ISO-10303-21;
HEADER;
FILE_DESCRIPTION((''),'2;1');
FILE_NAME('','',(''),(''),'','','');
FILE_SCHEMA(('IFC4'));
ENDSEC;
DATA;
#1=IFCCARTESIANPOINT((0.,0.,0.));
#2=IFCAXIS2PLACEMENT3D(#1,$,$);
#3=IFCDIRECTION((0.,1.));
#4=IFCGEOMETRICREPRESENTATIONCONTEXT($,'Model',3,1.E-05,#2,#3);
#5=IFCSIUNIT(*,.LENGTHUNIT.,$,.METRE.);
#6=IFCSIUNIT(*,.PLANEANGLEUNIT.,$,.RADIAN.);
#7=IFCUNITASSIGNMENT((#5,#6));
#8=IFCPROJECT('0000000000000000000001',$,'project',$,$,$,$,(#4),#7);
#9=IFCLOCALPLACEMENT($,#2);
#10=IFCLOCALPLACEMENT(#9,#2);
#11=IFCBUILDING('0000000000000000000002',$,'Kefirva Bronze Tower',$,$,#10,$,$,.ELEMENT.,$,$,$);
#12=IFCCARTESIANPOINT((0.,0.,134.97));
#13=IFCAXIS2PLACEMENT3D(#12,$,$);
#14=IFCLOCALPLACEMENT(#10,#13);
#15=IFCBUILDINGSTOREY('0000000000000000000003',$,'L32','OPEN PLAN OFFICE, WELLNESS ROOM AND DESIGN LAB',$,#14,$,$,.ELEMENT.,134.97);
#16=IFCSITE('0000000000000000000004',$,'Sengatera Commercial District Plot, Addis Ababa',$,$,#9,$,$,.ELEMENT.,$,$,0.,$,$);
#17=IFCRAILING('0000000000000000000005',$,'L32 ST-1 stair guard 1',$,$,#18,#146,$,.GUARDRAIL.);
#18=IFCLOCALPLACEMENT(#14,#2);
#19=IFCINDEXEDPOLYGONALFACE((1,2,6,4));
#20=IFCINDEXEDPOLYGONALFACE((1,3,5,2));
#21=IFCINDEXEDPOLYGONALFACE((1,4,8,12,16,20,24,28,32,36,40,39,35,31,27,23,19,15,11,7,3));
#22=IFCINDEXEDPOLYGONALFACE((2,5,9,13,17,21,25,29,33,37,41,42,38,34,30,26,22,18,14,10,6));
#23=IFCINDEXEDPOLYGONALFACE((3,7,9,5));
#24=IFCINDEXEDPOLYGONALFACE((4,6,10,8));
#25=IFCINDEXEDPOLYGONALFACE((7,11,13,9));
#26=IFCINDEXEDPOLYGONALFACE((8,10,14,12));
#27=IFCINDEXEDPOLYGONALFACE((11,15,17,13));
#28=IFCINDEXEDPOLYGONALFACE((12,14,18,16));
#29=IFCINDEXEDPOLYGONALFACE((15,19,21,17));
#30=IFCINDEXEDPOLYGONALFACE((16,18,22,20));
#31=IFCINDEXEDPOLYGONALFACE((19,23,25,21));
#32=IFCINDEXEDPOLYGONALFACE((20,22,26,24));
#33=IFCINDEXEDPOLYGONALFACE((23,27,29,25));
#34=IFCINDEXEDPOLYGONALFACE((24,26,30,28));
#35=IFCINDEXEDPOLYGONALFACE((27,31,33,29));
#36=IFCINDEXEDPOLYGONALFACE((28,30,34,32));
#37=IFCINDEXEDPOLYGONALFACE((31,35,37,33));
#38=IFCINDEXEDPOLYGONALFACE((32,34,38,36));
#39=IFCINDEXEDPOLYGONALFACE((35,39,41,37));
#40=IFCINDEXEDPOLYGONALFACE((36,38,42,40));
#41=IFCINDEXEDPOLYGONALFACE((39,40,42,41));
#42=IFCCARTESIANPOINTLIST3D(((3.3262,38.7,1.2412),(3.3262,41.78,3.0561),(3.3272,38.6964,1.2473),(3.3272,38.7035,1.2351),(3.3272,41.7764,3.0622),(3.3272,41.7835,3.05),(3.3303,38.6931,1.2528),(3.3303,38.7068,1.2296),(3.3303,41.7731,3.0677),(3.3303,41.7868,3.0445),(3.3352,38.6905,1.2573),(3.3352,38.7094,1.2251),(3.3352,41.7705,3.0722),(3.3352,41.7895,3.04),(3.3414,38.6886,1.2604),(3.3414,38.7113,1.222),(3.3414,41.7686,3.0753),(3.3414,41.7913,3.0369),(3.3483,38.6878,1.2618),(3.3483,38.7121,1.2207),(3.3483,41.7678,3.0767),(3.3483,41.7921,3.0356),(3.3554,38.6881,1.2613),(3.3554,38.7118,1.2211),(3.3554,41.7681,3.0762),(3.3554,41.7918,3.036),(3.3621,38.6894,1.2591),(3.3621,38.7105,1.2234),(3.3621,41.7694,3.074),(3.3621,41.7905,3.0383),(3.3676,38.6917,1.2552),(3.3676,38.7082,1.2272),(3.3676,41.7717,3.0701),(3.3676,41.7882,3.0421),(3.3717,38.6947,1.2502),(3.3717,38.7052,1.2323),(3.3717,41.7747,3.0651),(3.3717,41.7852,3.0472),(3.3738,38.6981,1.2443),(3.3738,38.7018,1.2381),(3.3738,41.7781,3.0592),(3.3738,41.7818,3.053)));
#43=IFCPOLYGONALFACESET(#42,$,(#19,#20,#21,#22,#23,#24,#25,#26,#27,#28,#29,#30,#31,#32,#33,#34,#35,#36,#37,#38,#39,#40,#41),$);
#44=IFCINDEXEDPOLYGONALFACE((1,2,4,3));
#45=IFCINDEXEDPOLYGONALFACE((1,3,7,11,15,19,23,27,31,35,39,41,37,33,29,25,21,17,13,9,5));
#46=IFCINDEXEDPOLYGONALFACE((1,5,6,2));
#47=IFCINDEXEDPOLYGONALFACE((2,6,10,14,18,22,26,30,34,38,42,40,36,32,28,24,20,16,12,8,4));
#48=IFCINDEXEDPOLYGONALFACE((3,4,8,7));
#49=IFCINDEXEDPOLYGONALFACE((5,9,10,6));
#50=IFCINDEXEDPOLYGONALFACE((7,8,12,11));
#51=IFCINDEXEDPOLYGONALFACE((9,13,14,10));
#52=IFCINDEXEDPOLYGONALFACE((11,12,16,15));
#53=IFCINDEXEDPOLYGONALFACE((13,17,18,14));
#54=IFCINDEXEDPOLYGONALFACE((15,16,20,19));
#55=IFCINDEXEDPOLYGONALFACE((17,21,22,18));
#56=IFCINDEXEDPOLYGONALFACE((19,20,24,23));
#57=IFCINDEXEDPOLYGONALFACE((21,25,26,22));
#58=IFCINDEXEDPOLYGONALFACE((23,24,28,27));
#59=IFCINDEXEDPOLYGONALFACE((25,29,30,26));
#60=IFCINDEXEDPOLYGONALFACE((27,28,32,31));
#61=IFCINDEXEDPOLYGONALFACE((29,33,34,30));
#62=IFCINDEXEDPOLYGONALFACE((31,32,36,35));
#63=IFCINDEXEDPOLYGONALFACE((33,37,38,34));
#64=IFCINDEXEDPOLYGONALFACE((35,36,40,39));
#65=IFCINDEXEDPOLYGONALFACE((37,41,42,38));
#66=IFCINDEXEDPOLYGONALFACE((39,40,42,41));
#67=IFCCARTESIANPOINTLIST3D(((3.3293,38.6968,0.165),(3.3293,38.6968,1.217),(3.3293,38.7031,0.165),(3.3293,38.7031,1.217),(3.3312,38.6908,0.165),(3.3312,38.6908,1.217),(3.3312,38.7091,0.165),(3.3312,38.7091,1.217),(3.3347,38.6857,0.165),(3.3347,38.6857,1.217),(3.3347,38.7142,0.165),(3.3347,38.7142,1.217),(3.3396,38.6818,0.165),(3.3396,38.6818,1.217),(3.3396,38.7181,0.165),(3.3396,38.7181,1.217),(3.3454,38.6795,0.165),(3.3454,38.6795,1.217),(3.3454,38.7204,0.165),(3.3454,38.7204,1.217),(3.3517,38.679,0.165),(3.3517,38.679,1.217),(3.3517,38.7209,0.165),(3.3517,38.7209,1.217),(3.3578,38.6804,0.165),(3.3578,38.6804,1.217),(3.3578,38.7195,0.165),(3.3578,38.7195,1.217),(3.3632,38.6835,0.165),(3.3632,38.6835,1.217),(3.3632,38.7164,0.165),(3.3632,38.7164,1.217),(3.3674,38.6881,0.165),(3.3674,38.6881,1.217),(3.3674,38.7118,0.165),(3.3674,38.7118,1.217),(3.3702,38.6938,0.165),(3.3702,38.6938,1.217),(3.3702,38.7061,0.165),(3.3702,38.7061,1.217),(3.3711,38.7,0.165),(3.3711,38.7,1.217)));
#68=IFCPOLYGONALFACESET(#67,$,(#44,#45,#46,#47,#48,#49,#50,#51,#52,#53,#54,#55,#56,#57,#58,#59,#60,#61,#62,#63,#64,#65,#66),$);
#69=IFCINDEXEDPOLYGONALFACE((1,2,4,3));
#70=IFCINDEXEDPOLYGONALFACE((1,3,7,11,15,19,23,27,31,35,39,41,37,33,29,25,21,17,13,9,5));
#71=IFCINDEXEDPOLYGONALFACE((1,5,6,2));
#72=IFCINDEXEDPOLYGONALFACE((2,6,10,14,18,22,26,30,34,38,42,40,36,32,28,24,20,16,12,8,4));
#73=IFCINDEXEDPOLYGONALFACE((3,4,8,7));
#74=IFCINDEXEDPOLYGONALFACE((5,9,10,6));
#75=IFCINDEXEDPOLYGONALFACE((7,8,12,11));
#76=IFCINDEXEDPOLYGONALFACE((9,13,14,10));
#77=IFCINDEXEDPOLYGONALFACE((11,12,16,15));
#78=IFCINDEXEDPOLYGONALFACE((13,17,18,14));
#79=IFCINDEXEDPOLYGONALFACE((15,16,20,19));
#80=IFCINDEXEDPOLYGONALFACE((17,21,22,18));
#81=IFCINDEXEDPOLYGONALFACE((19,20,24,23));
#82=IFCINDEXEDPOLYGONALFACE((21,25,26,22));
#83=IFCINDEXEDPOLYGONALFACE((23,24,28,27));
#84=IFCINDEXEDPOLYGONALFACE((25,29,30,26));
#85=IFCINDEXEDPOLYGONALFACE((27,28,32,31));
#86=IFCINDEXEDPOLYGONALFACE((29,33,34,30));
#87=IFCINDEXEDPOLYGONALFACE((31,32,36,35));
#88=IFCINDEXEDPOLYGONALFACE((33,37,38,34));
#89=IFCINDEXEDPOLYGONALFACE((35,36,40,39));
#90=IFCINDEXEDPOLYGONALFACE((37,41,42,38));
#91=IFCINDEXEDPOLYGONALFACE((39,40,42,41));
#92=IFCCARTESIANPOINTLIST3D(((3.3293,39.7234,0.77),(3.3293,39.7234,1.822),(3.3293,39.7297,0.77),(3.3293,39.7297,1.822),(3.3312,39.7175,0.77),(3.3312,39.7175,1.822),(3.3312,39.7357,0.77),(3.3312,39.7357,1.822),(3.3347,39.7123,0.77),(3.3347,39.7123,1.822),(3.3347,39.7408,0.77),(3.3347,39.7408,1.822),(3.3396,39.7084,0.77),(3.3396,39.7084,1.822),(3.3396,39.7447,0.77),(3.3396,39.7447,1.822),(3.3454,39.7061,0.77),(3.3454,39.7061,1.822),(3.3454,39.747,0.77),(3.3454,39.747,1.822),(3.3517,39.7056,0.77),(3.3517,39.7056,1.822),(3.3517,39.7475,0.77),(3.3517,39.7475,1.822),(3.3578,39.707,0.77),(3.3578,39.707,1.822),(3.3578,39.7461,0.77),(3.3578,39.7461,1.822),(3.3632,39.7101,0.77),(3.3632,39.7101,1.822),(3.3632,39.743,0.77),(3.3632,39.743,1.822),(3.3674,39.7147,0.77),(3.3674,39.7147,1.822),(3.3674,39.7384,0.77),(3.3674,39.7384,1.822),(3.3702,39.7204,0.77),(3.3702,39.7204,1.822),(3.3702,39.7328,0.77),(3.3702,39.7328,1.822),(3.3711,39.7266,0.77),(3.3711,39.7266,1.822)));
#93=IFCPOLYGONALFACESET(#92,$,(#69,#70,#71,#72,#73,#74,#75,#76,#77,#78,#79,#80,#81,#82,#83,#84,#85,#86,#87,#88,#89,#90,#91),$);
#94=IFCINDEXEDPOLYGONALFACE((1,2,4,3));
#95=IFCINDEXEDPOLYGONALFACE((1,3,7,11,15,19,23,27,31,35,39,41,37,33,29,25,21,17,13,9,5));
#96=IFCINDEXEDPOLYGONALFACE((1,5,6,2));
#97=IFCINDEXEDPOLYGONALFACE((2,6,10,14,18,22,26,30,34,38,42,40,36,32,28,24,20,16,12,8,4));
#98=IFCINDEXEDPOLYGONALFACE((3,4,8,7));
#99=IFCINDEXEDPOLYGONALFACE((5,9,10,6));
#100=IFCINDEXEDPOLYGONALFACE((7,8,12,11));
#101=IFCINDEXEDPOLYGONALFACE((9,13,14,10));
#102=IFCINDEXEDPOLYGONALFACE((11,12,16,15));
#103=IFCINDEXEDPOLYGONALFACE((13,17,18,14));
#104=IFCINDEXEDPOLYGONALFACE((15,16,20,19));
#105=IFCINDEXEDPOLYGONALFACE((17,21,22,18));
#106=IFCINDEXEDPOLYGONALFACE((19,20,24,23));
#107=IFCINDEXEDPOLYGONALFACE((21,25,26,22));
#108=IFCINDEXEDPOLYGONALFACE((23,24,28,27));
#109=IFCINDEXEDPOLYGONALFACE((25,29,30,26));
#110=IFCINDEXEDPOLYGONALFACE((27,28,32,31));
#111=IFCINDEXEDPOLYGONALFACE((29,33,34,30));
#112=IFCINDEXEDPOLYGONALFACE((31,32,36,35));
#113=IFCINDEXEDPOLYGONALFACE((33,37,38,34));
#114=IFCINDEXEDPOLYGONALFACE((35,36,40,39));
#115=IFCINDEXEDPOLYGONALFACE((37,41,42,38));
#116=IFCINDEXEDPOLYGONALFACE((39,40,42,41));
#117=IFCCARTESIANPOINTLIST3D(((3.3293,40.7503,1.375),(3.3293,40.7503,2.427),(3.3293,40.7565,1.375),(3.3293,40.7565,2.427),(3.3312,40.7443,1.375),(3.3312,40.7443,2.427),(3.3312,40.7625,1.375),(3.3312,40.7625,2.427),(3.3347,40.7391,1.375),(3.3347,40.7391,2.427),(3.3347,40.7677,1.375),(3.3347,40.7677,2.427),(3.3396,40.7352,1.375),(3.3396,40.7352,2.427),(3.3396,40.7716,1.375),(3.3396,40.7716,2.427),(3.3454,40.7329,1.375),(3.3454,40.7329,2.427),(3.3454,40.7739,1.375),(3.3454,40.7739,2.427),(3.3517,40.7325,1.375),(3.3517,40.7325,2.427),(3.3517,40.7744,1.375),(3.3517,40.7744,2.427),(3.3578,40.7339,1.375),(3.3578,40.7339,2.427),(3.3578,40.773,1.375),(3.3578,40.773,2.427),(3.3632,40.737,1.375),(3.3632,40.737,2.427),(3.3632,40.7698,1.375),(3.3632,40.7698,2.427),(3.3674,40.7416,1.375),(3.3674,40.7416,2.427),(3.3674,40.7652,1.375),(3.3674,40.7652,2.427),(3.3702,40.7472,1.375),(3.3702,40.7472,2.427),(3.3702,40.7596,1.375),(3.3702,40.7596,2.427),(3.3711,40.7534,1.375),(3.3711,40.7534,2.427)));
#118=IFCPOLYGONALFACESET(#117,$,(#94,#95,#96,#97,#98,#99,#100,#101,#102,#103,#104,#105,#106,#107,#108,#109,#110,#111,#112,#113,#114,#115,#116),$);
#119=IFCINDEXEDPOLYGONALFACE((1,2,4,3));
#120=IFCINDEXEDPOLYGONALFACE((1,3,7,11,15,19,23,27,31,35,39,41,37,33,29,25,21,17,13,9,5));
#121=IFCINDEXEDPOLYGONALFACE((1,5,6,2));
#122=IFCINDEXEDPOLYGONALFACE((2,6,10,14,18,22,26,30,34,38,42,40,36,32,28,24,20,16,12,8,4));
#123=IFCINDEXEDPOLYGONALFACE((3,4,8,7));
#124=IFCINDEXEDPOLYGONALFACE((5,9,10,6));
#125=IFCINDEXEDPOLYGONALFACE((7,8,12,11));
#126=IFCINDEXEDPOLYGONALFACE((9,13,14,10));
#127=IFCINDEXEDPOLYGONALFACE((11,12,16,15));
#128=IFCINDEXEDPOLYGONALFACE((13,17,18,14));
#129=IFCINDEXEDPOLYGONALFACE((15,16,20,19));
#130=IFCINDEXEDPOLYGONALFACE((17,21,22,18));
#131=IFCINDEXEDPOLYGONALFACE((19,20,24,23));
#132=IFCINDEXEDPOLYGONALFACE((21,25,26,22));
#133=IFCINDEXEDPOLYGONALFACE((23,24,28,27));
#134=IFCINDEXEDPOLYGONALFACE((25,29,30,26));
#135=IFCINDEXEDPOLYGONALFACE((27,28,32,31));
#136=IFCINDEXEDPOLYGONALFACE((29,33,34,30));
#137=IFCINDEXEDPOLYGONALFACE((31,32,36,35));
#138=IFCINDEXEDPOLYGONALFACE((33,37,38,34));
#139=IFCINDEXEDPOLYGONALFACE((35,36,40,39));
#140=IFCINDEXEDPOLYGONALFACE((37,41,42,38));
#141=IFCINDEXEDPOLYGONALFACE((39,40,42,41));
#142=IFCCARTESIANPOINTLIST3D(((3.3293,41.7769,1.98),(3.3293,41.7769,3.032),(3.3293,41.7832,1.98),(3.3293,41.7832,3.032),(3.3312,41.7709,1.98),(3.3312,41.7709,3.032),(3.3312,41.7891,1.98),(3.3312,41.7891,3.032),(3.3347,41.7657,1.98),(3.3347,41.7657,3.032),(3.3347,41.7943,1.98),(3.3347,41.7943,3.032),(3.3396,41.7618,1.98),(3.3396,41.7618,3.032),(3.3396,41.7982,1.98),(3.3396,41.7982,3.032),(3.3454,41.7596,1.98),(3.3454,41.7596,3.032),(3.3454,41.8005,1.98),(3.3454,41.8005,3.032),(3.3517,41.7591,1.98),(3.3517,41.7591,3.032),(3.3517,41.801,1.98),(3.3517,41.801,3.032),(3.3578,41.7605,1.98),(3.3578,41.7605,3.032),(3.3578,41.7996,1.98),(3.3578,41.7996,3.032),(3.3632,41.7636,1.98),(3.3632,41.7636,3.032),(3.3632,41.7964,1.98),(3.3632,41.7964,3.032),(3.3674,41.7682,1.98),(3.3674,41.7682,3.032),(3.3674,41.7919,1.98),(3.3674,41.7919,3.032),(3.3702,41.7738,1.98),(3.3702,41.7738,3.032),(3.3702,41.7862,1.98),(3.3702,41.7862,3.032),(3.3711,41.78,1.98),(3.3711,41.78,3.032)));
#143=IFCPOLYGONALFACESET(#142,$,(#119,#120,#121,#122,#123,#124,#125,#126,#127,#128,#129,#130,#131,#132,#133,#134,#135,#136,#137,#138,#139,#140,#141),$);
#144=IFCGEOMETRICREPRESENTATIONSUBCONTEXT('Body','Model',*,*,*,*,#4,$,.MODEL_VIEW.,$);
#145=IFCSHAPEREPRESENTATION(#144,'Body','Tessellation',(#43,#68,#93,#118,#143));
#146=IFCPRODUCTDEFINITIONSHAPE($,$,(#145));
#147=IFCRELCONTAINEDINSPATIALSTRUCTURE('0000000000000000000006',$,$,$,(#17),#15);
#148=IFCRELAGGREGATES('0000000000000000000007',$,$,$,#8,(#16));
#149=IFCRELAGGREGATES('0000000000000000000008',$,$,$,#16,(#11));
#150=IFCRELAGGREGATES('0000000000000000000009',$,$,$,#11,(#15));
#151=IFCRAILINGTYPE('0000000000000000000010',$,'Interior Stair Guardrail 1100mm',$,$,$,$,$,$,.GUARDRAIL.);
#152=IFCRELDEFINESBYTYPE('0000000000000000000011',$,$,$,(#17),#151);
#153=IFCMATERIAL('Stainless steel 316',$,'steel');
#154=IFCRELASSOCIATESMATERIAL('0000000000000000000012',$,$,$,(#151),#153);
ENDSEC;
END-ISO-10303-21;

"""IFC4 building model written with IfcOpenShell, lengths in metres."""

from ifc_helpers import new_model, si_unit, direction, frame, origin, origin_2d, place, context, subcontext, project, spatial, circle, extrude, material, type_object, element, save


model = new_model("IFC4")

# Units and contexts
model_context = context("Model", 3, precision=1e-05, world=origin(), true_north=direction((0.0, 1.0)))
body_context = subcontext(model_context, "Body", "Model", "MODEL_VIEW")
ifc_project = project(units=[si_unit("LENGTHUNIT", "METRE"), si_unit("PLANEANGLEUNIT", "RADIAN")], contexts=[model_context])

# Site, building, storey
site_placement = place(None, origin())
site = spatial("IfcSite", under=ifc_project, at=site_placement, Name="Sengatera Commercial District Plot, Addis Ababa", CompositionType="ELEMENT", RefElevation=0.0)
building_placement = place(site_placement, origin())
building = spatial("IfcBuilding", under=site, at=building_placement, Name="Kefirva Bronze Tower", CompositionType="ELEMENT")
storey_placement = place(building_placement, frame((0.0, 0.0, 134.97)))
storey = spatial("IfcBuildingStorey", under=building, at=storey_placement, Name="L32", Description="OPEN PLAN OFFICE, WELLNESS ROOM AND DESIGN LAB", CompositionType="ELEMENT", Elevation=134.97)

# Railing
ifc_material_1 = material(Name="Stainless steel 316", Category="steel")
railing_type_1 = type_object("IfcRailingType", Name="Interior Stair Guardrail 1100mm", PredefinedType="GUARDRAIL", material=ifc_material_1)
railing_1_placement = place(storey_placement, frame((3.3501, 38.7, 0.165)))
element("IfcRailing", 1, at=railing_1_placement, inside=storey, type_object=railing_type_1, Name="L32 ST-1 stair guard 1", PredefinedType="GUARDRAIL", context=body_context, shape_type="SweptSolid", body=[
    extrude(circle(Radius=0.0239, at=origin_2d()), frame((0.0, 0.0, 1.0762), z_axis=(0.0, 0.861551, 0.507671), x_axis=(-1.0, 0.0, 0.0)), (0.0, 0.0, 1.0), 3.575),
    extrude(circle(Radius=0.021, at=origin_2d()), origin(), (0.0, 0.0, 1.0), 1.052),
    extrude(circle(Radius=0.021, at=origin_2d()), frame((0.0, 1.0266, 0.605)), (0.0, 0.0, 1.0), 1.052),
    extrude(circle(Radius=0.021, at=origin_2d()), frame((0.0, 2.0535, 1.21)), (0.0, 0.0, 1.0), 1.052),
    extrude(circle(Radius=0.021, at=origin_2d()), frame((0.0, 3.0801, 1.8149)), (0.0, 0.0, 1.0), 1.052),
])

save(model, "model.ifc")
